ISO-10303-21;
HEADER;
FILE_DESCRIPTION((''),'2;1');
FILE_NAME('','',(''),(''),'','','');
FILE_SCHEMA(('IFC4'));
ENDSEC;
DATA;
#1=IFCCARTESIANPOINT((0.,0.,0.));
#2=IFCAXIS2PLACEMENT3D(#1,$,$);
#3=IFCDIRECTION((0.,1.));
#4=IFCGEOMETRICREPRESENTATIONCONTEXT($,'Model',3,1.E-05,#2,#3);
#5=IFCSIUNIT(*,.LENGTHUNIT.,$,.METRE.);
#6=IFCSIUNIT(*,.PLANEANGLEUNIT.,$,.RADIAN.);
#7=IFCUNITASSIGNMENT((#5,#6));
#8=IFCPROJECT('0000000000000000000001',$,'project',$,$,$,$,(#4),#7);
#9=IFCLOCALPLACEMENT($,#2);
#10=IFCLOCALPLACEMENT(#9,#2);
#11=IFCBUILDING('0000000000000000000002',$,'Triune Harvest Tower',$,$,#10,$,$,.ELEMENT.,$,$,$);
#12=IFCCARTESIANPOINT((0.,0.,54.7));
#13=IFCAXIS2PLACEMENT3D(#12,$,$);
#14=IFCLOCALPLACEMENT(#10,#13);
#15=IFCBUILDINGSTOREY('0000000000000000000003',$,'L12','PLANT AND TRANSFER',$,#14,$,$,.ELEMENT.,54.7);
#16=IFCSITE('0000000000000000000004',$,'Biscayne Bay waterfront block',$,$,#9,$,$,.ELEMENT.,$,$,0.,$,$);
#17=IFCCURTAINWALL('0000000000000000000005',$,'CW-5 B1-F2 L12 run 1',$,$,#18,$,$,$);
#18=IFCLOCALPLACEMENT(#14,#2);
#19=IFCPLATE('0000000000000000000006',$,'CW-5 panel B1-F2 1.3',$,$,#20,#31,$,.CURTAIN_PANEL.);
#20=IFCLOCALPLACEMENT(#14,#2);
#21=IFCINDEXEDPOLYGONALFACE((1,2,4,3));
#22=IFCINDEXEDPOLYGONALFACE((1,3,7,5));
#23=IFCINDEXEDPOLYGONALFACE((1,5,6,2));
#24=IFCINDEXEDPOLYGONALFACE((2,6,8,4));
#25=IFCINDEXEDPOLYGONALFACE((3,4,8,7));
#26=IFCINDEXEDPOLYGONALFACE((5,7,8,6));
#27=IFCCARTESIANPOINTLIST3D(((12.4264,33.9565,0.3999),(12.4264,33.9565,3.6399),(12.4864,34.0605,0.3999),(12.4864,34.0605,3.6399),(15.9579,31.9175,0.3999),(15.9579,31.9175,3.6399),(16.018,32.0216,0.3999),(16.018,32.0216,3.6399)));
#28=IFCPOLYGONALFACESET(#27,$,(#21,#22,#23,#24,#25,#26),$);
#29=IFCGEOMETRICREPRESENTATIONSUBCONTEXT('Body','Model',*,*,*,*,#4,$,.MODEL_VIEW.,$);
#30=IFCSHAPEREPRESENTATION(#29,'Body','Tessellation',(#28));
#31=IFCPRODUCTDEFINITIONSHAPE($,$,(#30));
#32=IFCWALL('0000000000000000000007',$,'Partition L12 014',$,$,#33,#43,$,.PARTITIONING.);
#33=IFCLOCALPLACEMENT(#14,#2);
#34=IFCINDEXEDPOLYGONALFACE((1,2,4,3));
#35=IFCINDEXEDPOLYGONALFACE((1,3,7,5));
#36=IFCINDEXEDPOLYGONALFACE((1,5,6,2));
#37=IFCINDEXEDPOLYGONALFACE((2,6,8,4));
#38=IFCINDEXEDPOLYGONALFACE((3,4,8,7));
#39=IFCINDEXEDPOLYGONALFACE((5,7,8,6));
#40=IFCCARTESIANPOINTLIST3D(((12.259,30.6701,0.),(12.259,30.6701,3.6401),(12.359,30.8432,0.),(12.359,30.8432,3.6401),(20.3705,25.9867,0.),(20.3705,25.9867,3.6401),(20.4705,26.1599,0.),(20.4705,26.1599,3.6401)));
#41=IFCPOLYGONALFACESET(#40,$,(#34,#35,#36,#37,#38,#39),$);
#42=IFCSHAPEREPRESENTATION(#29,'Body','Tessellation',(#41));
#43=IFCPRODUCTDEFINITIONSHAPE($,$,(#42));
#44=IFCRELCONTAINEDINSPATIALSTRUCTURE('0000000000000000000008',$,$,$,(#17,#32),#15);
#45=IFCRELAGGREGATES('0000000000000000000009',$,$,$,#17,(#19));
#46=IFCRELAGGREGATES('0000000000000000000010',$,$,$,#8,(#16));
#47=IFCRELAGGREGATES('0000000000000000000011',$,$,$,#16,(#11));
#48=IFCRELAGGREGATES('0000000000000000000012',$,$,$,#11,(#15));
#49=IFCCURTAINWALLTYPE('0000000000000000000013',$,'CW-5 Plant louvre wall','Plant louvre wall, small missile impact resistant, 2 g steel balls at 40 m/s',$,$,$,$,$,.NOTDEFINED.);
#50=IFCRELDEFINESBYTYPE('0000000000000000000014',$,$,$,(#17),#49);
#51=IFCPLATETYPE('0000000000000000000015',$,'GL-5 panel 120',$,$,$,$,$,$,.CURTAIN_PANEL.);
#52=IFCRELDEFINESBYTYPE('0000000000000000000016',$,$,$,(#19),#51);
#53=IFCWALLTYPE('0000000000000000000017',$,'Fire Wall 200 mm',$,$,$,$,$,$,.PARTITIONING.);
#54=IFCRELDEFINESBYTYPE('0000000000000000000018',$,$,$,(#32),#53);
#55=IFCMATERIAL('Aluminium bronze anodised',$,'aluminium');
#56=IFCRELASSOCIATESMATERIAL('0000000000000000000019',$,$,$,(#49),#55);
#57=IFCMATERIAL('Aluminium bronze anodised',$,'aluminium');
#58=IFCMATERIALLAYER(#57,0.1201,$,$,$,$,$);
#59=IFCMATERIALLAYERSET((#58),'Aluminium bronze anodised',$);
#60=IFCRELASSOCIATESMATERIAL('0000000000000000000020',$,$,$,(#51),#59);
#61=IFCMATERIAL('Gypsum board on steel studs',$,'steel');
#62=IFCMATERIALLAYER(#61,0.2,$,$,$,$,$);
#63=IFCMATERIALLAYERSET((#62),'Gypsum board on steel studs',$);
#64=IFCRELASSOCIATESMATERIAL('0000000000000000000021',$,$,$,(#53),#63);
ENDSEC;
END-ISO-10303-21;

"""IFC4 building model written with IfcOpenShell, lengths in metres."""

from ifc_helpers import new_model, si_unit, direction, frame, frame_2d, origin, origin_2d, place, context, subcontext, project, spatial, rectangle, extrude, source, transform, mapped, material, layer, layer_set, type_object, element, aggregate, save


model = new_model("IFC4")

# Units and contexts
model_context = context("Model", 3, precision=1e-05, world=origin(), true_north=direction((0.0, 1.0)))
body_context = subcontext(model_context, "Body", "Model", "MODEL_VIEW")
ifc_project = project(units=[si_unit("LENGTHUNIT", "METRE"), si_unit("PLANEANGLEUNIT", "RADIAN")], contexts=[model_context])

# Site, building, storey
site_placement = place(None, origin())
site = spatial("IfcSite", under=ifc_project, at=site_placement, Name="Biscayne Bay waterfront block", CompositionType="ELEMENT", RefElevation=0.0)
building_placement = place(site_placement, origin())
building = spatial("IfcBuilding", under=site, at=building_placement, Name="Triune Harvest Tower", CompositionType="ELEMENT")
storey_placement = place(building_placement, frame((0.0, 0.0, 54.7)))
storey = spatial("IfcBuildingStorey", under=building, at=storey_placement, Name="L12", Description="PLANT AND TRANSFER", CompositionType="ELEMENT", Elevation=54.7)

# Curtain wall
ifc_material_1 = material(Name="Aluminium bronze anodised", Category="aluminium")
curtain_wall_type = type_object("IfcCurtainWallType", Name="CW-5 Plant louvre wall", Description="Plant louvre wall, small missile impact resistant, 2 g steel balls at 40 m/s", PredefinedType="NOTDEFINED", material=ifc_material_1)
curtain_wall_1_placement = place(storey_placement, origin())
curtain_wall_1 = element("IfcCurtainWall", 1, at=curtain_wall_1_placement, inside=storey, type_object=curtain_wall_type, Name="CW-5 B1-F2 L12 run 1")

# Plate
ifc_material_2 = material(Name="Aluminium bronze anodised", Category="aluminium")
ifc_layer_1 = layer(ifc_material_2, 0.1201)
ifc_layer_set_1 = layer_set([ifc_layer_1], Name="Aluminium bronze anodised")
plate_type = type_object("IfcPlateType", Name="GL-5 panel 120", PredefinedType="CURTAIN_PANEL", material=ifc_layer_set_1)
shared_shape_1 = source(origin(), body_context, "Body", "SweptSolid", [
    extrude(rectangle(XDim=4.0779, YDim=0.1201, at=origin_2d()), origin(), (0.0, 0.0, 1.0), 3.24),
])
plate_1_placement = place(storey_placement, frame((14.2222, 32.989, 0.3999), z_axis=(0.0, 0.0, 1.0), x_axis=(-0.866026, 0.499999, 0.0)))
plate_1 = element("IfcPlate", 2, at=plate_1_placement, type_object=plate_type, Name="CW-5 panel B1-F2 1.3", PredefinedType="CURTAIN_PANEL", context=body_context, shape_type="MappedRepresentation", body=[
    mapped(shared_shape_1, transform((0.0, 0.0, 0.0), scale=1.0)),
])
aggregate(curtain_wall_1, [plate_1])

# Wall
ifc_material_3 = material(Name="Gypsum board on steel studs", Category="steel")
ifc_layer_2 = layer(ifc_material_3, 0.2)
ifc_layer_set_2 = layer_set([ifc_layer_2], Name="Gypsum board on steel studs")
wall_type = type_object("IfcWallType", Name="Fire Wall 200 mm", PredefinedType="PARTITIONING", material=ifc_layer_set_2)
wall_placement = place(storey_placement, frame((12.3091, 30.7566, 0.0), z_axis=(0.0, 0.0, 1.0), x_axis=(0.866019, -0.500011, 0.0)))
element("IfcWall", 3, at=wall_placement, inside=storey, type_object=wall_type, Name="Partition L12 014", PredefinedType="PARTITIONING", context=body_context, shape_type="SweptSolid", body=[
    extrude(rectangle(XDim=9.3665, YDim=0.2, at=frame_2d((4.6831, 0.0))), origin(), (0.0, 0.0, 1.0), 3.6401),
])

save(model, "model.ifc")
